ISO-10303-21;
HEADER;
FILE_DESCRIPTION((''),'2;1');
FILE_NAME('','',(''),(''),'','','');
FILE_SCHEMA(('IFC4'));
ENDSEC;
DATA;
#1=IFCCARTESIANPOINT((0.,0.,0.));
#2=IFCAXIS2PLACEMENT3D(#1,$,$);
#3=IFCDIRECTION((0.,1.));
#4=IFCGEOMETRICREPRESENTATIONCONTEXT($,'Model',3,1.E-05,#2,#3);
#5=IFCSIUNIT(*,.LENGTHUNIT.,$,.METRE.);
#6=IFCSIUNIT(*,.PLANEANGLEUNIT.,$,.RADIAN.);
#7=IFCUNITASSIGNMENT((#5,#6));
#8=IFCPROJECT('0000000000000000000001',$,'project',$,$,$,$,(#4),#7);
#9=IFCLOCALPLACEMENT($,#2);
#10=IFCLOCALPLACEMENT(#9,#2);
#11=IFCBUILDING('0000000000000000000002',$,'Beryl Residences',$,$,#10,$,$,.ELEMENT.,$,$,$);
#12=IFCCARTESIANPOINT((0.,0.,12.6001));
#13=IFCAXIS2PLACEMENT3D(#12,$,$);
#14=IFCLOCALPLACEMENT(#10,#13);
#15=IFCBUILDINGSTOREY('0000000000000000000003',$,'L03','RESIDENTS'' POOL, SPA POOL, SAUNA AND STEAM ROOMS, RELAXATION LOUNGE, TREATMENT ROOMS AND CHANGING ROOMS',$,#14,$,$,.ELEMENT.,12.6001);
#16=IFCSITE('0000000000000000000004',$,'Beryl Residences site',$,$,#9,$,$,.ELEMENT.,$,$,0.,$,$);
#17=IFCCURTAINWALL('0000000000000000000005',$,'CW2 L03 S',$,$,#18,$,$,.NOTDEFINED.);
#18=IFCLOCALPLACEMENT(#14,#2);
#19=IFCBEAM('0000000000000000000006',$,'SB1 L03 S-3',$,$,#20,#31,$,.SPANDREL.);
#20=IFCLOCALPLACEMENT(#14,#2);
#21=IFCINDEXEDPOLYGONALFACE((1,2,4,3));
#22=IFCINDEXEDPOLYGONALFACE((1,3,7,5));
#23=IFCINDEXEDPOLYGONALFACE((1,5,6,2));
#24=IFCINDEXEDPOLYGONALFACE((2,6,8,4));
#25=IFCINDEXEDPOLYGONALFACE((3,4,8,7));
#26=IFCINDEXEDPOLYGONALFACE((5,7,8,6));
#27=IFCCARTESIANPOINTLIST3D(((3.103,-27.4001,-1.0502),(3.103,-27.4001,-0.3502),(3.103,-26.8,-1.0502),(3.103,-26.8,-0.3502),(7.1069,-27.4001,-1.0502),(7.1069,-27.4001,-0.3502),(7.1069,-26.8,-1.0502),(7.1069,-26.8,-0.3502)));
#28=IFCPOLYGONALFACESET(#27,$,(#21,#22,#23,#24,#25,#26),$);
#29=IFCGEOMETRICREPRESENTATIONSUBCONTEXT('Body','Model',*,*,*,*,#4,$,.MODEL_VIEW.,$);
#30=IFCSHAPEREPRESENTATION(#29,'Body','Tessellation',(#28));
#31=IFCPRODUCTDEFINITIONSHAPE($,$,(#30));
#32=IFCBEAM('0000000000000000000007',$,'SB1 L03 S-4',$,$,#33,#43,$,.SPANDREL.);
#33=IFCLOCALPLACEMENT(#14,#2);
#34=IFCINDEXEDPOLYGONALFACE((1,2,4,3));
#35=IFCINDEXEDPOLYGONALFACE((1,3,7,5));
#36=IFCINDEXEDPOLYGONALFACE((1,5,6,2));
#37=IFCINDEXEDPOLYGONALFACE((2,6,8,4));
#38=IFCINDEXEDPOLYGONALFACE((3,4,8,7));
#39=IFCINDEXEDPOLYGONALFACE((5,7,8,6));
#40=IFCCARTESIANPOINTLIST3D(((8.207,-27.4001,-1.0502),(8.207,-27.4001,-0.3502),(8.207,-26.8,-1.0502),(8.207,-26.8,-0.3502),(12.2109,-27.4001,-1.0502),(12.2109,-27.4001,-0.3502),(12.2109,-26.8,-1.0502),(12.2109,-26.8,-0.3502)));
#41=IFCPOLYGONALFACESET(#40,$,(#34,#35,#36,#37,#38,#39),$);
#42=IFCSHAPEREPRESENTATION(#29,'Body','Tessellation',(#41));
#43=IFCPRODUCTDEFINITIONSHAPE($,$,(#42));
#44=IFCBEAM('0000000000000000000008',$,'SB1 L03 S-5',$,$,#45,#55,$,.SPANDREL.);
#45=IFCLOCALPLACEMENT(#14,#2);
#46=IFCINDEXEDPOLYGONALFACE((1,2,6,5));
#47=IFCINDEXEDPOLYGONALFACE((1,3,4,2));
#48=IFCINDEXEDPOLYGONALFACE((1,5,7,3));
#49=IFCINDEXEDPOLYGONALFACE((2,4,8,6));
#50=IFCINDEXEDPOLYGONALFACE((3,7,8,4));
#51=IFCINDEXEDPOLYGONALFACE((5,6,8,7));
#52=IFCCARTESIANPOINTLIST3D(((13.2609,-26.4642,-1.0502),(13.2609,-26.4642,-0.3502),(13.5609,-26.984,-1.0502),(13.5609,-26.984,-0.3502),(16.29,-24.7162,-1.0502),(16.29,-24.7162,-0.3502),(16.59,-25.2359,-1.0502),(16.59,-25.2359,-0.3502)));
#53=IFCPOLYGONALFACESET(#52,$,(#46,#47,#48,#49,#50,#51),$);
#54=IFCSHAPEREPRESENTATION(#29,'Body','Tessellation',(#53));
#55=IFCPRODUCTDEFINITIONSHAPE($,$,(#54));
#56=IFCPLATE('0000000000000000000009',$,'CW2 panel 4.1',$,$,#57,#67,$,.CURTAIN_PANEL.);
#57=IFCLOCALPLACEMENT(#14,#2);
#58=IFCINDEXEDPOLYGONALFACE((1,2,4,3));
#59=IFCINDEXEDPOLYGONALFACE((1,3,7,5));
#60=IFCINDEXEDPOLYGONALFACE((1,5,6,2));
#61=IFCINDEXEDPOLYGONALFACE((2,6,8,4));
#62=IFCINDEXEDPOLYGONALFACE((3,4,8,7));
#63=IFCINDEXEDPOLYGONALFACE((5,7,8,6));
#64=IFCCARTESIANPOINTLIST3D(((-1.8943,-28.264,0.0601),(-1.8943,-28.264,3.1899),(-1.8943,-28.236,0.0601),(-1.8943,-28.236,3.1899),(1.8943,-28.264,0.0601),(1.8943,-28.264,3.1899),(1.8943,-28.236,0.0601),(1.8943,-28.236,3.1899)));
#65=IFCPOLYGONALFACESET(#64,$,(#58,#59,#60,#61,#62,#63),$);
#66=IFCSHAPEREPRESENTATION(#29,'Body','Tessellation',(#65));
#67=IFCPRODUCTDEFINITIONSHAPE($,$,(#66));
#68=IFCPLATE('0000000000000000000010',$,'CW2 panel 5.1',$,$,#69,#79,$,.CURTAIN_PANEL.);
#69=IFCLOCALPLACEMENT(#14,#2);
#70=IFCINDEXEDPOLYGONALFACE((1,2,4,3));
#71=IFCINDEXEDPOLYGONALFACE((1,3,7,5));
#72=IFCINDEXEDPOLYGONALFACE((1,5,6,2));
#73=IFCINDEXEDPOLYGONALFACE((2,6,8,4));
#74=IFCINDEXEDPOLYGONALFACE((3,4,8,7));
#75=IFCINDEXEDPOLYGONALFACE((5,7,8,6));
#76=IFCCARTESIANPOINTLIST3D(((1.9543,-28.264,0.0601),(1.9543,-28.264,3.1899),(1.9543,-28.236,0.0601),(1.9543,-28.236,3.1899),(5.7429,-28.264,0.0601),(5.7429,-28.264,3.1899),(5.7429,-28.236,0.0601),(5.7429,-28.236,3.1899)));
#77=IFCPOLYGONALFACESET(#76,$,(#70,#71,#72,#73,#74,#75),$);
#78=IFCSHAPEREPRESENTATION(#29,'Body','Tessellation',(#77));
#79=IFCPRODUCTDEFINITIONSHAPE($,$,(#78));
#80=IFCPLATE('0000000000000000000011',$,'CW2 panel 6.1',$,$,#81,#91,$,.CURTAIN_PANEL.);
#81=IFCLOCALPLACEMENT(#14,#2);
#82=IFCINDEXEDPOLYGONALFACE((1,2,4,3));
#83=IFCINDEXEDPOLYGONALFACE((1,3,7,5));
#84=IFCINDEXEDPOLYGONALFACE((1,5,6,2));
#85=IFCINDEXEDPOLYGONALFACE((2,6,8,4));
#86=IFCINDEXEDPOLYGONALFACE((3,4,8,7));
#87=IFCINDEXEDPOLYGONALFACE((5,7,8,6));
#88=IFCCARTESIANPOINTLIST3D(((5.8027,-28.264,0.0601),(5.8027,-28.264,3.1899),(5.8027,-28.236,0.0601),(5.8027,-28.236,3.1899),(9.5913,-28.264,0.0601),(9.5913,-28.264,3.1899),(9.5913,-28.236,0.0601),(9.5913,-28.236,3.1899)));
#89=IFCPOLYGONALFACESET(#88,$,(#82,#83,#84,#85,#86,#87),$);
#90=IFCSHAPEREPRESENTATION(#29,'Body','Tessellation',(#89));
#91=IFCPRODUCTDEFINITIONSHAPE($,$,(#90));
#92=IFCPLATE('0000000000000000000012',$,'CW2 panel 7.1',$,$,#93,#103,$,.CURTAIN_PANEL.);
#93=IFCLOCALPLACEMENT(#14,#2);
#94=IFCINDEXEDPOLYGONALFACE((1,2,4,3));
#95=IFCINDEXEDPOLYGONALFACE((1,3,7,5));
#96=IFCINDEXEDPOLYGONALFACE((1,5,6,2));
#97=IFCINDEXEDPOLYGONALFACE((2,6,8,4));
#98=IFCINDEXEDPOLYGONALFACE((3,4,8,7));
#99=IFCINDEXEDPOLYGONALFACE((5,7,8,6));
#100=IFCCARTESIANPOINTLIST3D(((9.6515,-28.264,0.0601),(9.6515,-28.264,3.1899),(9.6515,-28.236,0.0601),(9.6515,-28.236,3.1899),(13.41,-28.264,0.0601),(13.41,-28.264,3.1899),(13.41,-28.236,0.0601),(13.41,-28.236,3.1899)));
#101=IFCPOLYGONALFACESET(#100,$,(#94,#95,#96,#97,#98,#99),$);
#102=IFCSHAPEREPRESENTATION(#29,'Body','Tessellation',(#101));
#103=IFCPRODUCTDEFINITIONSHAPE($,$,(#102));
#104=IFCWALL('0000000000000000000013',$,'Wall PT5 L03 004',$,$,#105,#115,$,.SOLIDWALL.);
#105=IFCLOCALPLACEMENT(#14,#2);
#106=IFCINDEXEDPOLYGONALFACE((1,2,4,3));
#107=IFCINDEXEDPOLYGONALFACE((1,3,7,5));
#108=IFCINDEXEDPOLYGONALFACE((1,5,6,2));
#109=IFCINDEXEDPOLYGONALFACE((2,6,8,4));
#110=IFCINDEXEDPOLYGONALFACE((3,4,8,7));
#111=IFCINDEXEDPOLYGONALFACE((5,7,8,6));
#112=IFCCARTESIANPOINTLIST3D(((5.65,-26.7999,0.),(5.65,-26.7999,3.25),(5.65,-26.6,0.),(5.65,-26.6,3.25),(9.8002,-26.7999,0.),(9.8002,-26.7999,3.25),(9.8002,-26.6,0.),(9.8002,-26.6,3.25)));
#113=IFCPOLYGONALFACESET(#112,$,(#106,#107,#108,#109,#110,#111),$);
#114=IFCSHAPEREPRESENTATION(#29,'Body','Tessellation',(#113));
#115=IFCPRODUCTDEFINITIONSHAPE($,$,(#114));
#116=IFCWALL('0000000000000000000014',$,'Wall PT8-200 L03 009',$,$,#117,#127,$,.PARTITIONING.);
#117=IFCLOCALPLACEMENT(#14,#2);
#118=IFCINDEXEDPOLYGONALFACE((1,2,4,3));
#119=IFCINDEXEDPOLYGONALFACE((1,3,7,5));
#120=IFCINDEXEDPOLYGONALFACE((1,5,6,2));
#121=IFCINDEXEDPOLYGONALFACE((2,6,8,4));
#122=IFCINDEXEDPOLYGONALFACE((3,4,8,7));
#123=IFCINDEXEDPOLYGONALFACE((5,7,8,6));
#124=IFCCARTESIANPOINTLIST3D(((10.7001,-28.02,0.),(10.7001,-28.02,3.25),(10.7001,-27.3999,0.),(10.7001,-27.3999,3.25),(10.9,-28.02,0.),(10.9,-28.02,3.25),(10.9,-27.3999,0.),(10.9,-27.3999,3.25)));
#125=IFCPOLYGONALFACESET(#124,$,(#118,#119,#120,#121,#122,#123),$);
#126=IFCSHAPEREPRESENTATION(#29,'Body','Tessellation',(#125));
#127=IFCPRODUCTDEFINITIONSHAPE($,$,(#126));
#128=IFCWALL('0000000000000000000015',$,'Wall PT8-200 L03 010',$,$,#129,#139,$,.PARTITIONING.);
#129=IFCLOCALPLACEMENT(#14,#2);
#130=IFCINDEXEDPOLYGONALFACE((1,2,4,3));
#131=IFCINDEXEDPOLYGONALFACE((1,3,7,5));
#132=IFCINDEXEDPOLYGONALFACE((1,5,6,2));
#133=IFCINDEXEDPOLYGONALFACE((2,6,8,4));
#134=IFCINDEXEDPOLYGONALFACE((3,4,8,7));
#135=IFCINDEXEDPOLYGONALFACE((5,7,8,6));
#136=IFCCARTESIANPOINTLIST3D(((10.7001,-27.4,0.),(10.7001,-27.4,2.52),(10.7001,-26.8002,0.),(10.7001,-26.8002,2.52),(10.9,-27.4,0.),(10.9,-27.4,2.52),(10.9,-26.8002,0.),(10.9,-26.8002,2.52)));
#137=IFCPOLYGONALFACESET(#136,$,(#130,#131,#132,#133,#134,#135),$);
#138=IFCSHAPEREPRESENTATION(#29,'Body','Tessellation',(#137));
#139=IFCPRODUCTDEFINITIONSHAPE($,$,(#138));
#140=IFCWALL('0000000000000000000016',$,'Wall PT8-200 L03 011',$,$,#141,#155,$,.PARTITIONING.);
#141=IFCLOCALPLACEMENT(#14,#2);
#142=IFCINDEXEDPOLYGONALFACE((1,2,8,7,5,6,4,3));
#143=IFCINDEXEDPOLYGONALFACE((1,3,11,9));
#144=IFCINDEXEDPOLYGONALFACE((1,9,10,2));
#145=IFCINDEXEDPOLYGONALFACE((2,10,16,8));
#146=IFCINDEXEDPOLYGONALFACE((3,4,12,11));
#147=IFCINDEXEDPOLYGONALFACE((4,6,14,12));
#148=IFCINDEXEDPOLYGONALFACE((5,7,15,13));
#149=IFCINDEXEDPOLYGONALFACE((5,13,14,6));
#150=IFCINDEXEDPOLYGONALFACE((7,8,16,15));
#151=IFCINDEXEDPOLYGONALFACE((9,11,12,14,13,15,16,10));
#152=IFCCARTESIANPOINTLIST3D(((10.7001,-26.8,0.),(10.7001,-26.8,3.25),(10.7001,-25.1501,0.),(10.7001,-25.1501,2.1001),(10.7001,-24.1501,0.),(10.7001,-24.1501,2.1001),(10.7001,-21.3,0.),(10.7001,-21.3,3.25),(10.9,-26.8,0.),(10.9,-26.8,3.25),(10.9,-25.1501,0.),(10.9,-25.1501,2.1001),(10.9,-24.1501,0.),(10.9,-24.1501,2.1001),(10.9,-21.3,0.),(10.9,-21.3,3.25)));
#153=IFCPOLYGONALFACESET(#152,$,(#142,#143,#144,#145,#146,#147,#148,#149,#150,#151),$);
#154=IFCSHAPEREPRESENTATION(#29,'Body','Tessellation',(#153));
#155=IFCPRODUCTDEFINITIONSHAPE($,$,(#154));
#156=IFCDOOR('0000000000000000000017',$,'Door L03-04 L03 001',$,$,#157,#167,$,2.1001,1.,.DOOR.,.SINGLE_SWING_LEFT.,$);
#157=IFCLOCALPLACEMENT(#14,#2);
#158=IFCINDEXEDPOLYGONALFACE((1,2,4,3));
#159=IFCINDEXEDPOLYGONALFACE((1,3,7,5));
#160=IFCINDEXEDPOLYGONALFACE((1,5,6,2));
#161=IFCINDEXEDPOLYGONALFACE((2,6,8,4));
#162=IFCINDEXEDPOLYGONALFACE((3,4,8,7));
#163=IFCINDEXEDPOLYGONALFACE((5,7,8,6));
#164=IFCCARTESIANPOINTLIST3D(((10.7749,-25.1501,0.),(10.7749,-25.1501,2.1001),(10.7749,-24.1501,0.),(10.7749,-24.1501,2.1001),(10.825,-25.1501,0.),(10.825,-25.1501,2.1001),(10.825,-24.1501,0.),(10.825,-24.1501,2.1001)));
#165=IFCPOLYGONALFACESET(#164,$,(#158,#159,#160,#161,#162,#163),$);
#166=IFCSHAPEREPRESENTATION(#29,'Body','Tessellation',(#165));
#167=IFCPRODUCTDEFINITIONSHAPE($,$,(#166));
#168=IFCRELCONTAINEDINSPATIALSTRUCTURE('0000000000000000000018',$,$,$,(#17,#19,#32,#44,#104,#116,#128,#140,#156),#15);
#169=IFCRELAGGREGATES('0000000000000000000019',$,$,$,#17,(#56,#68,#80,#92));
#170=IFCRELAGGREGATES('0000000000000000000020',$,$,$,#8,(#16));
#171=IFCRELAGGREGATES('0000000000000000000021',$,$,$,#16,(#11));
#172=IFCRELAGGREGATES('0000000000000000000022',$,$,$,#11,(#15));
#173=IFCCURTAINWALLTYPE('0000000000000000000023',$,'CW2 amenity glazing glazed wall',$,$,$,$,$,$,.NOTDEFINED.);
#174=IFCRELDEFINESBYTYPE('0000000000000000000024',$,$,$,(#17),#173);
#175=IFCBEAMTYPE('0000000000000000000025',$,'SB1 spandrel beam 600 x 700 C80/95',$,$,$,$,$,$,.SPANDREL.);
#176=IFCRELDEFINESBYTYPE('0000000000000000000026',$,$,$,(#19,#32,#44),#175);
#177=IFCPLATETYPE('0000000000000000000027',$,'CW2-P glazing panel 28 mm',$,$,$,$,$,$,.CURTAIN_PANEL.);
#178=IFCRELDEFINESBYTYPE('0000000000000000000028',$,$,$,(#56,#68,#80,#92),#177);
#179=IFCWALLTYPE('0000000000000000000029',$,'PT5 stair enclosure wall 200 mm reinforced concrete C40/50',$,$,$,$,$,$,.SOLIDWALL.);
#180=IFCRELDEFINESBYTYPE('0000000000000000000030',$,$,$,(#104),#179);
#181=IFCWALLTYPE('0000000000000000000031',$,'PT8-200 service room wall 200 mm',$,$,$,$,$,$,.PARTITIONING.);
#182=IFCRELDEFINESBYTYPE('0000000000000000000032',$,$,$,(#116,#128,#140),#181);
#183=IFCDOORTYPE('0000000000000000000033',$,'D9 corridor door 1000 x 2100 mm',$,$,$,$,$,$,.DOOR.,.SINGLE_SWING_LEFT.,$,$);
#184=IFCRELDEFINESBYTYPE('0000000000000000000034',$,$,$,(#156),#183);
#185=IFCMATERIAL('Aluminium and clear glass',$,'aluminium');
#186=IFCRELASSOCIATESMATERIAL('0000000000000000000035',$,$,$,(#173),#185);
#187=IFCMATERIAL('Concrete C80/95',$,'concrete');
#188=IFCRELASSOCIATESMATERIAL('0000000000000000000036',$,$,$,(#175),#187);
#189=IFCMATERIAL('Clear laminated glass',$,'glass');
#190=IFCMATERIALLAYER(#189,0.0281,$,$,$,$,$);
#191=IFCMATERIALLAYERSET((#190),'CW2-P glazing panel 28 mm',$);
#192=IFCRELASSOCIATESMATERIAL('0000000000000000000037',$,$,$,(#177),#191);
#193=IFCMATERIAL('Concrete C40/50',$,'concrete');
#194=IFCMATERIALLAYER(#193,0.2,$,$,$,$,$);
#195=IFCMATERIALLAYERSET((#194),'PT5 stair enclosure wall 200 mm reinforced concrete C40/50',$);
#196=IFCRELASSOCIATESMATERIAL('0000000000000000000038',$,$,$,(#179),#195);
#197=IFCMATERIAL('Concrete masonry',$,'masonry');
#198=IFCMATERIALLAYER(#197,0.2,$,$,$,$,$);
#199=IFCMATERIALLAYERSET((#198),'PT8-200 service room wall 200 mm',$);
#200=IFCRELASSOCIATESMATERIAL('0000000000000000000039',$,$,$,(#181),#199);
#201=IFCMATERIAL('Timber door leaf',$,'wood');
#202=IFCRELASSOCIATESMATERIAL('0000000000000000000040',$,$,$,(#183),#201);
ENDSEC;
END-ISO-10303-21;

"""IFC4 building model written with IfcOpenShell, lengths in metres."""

from ifc_helpers import new_model, si_unit, direction, frame, frame_2d, origin, origin_2d, place, context, subcontext, project, spatial, rectangle, extrude, material, layer, layer_set, material_profile, profile_set, type_object, element, fill, aggregate, save


model = new_model("IFC4")

# Units and contexts
model_context = context("Model", 3, precision=1e-05, world=origin(), true_north=direction((0.0, 1.0)))
body_context = subcontext(model_context, "Body", "Model", "MODEL_VIEW")
ifc_project = project(units=[si_unit("LENGTHUNIT", "METRE"), si_unit("PLANEANGLEUNIT", "RADIAN")], contexts=[model_context])

# Site, building, storey
site_placement = place(None, origin())
site = spatial("IfcSite", under=ifc_project, at=site_placement, Name="Beryl Residences site", CompositionType="ELEMENT", RefElevation=0.0)
building_placement = place(site_placement, origin())
building = spatial("IfcBuilding", under=site, at=building_placement, Name="Beryl Residences", CompositionType="ELEMENT")
storey_placement = place(building_placement, frame((0.0, 0.0, 12.6001)))
storey = spatial("IfcBuildingStorey", under=building, at=storey_placement, Name="L03", Description="RESIDENTS' POOL, SPA POOL, SAUNA AND STEAM ROOMS, RELAXATION LOUNGE, TREATMENT ROOMS AND CHANGING ROOMS", CompositionType="ELEMENT", Elevation=12.6001)

# Curtain wall
ifc_material_1 = material(Name="Aluminium and clear glass", Category="aluminium")
curtain_wall_type = type_object("IfcCurtainWallType", Name="CW2 amenity glazing glazed wall", PredefinedType="NOTDEFINED", material=ifc_material_1)
curtain_wall_placement = place(storey_placement, origin())
curtain_wall = element("IfcCurtainWall", 1, at=curtain_wall_placement, inside=storey, type_object=curtain_wall_type, Name="CW2 L03 S", PredefinedType="NOTDEFINED")

# Beams
ifc_material_2 = material(Name="Concrete C80/95", Category="concrete")
ifc_material_profile_1 = material_profile(ifc_material_2, rectangle(XDim=0.6001, YDim=0.7, at=origin_2d()))
ifc_profile_set_1 = profile_set([ifc_material_profile_1], Name="Concrete C80/95")
beam_type = type_object("IfcBeamType", Name="SB1 spandrel beam 600 x 700 C80/95", PredefinedType="SPANDREL", material=ifc_profile_set_1)
for number, where, z_axis, x_axis, name in (
    (2, (3.103, -27.1001, -0.7002), (1.0, 0.0, 0.0), (0.0, 1.0, 0.0), "SB1 L03 S-3"),
    (3, (8.207, -27.1001, -0.7002), (1.0, 0.0, 0.0), (0.0, 1.0, 0.0), "SB1 L03 S-4"),
):
    element("IfcBeam", number, at=place(storey_placement, frame(where, z_axis=z_axis, x_axis=x_axis)), inside=storey, type_object=beam_type, Name=name, PredefinedType="SPANDREL", context=body_context, shape_type="SweptSolid", body=[
        extrude(rectangle(XDim=0.6001, YDim=0.7, at=origin_2d()), origin(), (0.0, 0.0, 1.0), 4.0039),
    ])
beam_placement = place(storey_placement, frame((13.4109, -26.7241, -0.7002), z_axis=(0.866122, 0.499833, 0.0), x_axis=(-0.499833, 0.866122, 0.0)))
element("IfcBeam", 4, at=beam_placement, inside=storey, type_object=beam_type, Name="SB1 L03 S-5", PredefinedType="SPANDREL", context=body_context, shape_type="SweptSolid", body=[
    extrude(rectangle(XDim=0.6001, YDim=0.7, at=origin_2d()), origin(), (0.0, 0.0, 1.0), 3.4973),
])

# Plates
ifc_material_3 = material(Name="Clear laminated glass", Category="glass")
ifc_layer_1 = layer(ifc_material_3, 0.0281)
ifc_layer_set_1 = layer_set([ifc_layer_1], Name="CW2-P glazing panel 28 mm")
plate_type = type_object("IfcPlateType", Name="CW2-P glazing panel 28 mm", PredefinedType="CURTAIN_PANEL", material=ifc_layer_set_1)
plate_1_placement = place(storey_placement, frame((0.0, -28.25, 0.0601), z_axis=(0.0, 0.0, 1.0), x_axis=(1.0, 0.0, 0.0)))
plate_1 = element("IfcPlate", 5, at=plate_1_placement, type_object=plate_type, Name="CW2 panel 4.1", PredefinedType="CURTAIN_PANEL", context=body_context, shape_type="SweptSolid", body=[
    extrude(rectangle(XDim=3.7886, YDim=0.0281, at=origin_2d()), origin(), (0.0, 0.0, 1.0), 3.1299),
])
plate_2_placement = place(storey_placement, frame((3.8486, -28.25, 0.0601), z_axis=(0.0, 0.0, 1.0), x_axis=(1.0, 0.0, 0.0)))
plate_2 = element("IfcPlate", 6, at=plate_2_placement, type_object=plate_type, Name="CW2 panel 5.1", PredefinedType="CURTAIN_PANEL", context=body_context, shape_type="SweptSolid", body=[
    extrude(rectangle(XDim=3.7886, YDim=0.0281, at=origin_2d()), origin(), (0.0, 0.0, 1.0), 3.1299),
])
plate_3_placement = place(storey_placement, frame((7.697, -28.25, 0.0601), z_axis=(0.0, 0.0, 1.0), x_axis=(1.0, 0.0, 0.0)))
plate_3 = element("IfcPlate", 7, at=plate_3_placement, type_object=plate_type, Name="CW2 panel 6.1", PredefinedType="CURTAIN_PANEL", context=body_context, shape_type="SweptSolid", body=[
    extrude(rectangle(XDim=3.7886, YDim=0.0281, at=origin_2d()), origin(), (0.0, 0.0, 1.0), 3.1299),
])
plate_4_placement = place(storey_placement, frame((11.5308, -28.25, 0.0601), z_axis=(0.0, 0.0, 1.0), x_axis=(1.0, 0.0, 0.0)))
plate_4 = element("IfcPlate", 8, at=plate_4_placement, type_object=plate_type, Name="CW2 panel 7.1", PredefinedType="CURTAIN_PANEL", context=body_context, shape_type="SweptSolid", body=[
    extrude(rectangle(XDim=3.7585, YDim=0.0281, at=origin_2d()), origin(), (0.0, 0.0, 1.0), 3.1299),
])
aggregate(curtain_wall, [plate_1, plate_2, plate_3, plate_4])

# Walls
ifc_material_4 = material(Name="Concrete C40/50", Category="concrete")
ifc_layer_2 = layer(ifc_material_4, 0.2)
ifc_layer_set_2 = layer_set([ifc_layer_2], Name="PT5 stair enclosure wall 200 mm reinforced concrete C40/50")
wall_type_1 = type_object("IfcWallType", Name="PT5 stair enclosure wall 200 mm reinforced concrete C40/50", PredefinedType="SOLIDWALL", material=ifc_layer_set_2)
wall_1_placement = place(storey_placement, frame((5.6499, -26.7, 0.0), z_axis=(0.0, 0.0, 1.0), x_axis=(1.0, 0.0, 0.0)))
element("IfcWall", 9, at=wall_1_placement, inside=storey, type_object=wall_type_1, Name="Wall PT5 L03 004", PredefinedType="SOLIDWALL", context=body_context, shape_type="SweptSolid", body=[
    extrude(rectangle(XDim=4.1501, YDim=0.2, at=frame_2d((2.0752, 0.0))), origin(), (0.0, 0.0, 1.0), 3.25),
])
ifc_material_5 = material(Name="Concrete masonry", Category="masonry")
ifc_layer_3 = layer(ifc_material_5, 0.2)
ifc_layer_set_3 = layer_set([ifc_layer_3], Name="PT8-200 service room wall 200 mm")
wall_type_2 = type_object("IfcWallType", Name="PT8-200 service room wall 200 mm", PredefinedType="PARTITIONING", material=ifc_layer_set_3)
wall_2_placement = place(storey_placement, frame((10.8, -28.02, 0.0), z_axis=(0.0, 0.0, 1.0), x_axis=(0.0, 1.0, 0.0)))
element("IfcWall", 10, at=wall_2_placement, inside=storey, type_object=wall_type_2, Name="Wall PT8-200 L03 009", PredefinedType="PARTITIONING", context=body_context, shape_type="SweptSolid", body=[
    extrude(rectangle(XDim=0.6201, YDim=0.2, at=frame_2d((0.3101, 0.0))), origin(), (0.0, 0.0, 1.0), 3.25),
])
wall_3_placement = place(storey_placement, frame((10.8, -27.3999, 0.0), z_axis=(0.0, 0.0, 1.0), x_axis=(0.0, 1.0, 0.0)))
element("IfcWall", 11, at=wall_3_placement, inside=storey, type_object=wall_type_2, Name="Wall PT8-200 L03 010", PredefinedType="PARTITIONING", context=body_context, shape_type="SweptSolid", body=[
    extrude(rectangle(XDim=0.5999, YDim=0.2, at=frame_2d((0.2998, 0.0))), origin(), (0.0, 0.0, 1.0), 2.52),
])

# Wall, opening, door
wall_4_placement = place(storey_placement, frame((10.8, -26.8, 0.0), z_axis=(0.0, 0.0, 1.0), x_axis=(0.0, 1.0, 0.0)))
wall_4 = element("IfcWall", 12, at=wall_4_placement, inside=storey, type_object=wall_type_2, Name="Wall PT8-200 L03 011", PredefinedType="PARTITIONING", context=body_context, shape_type="SweptSolid", body=[
    extrude(rectangle(XDim=5.5, YDim=0.2, at=frame_2d((2.75, 0.0))), origin(), (0.0, 0.0, 1.0), 3.25),
])
opening_placement = place(wall_4_placement, frame((2.6499, 0.0, 0.0), z_axis=(0.0, 0.0, 1.0), x_axis=(-1.0, 0.0, 0.0)))
opening = element("IfcOpeningElement", 13, at=opening_placement, cuts=wall_4, PredefinedType="OPENING", context=body_context, shape_type="SweptSolid", body=[
    extrude(rectangle(XDim=1.0, YDim=2.1001, at=frame_2d((0.5, 1.05))), frame((0.0, 0.1099, 0.0), z_axis=(0.0, -1.0, 0.0), x_axis=(1.0, 0.0, 0.0)), (0.0, 0.0, 1.0), 0.22),
])
ifc_material_6 = material(Name="Timber door leaf", Category="wood")
door_type = type_object("IfcDoorType", Name="D9 corridor door 1000 x 2100 mm", OperationType="SINGLE_SWING_LEFT", PredefinedType="DOOR", material=ifc_material_6)
door_placement = place(opening_placement, origin())
door = element("IfcDoor", 14, at=door_placement, inside=storey, type_object=door_type, Name="Door L03-04 L03 001", OperationType="SINGLE_SWING_LEFT", OverallHeight=2.1001, OverallWidth=1.0, PredefinedType="DOOR", context=body_context, shape_type="SweptSolid", body=[
    extrude(rectangle(XDim=1.0, YDim=2.1001, at=frame_2d((0.5, 1.05))), frame((0.0, 0.0249, 0.0), z_axis=(0.0, -1.0, 0.0), x_axis=(1.0, 0.0, 0.0)), (0.0, 0.0, 1.0), 0.05),
])
fill(opening, door)

save(model, "model.ifc")
